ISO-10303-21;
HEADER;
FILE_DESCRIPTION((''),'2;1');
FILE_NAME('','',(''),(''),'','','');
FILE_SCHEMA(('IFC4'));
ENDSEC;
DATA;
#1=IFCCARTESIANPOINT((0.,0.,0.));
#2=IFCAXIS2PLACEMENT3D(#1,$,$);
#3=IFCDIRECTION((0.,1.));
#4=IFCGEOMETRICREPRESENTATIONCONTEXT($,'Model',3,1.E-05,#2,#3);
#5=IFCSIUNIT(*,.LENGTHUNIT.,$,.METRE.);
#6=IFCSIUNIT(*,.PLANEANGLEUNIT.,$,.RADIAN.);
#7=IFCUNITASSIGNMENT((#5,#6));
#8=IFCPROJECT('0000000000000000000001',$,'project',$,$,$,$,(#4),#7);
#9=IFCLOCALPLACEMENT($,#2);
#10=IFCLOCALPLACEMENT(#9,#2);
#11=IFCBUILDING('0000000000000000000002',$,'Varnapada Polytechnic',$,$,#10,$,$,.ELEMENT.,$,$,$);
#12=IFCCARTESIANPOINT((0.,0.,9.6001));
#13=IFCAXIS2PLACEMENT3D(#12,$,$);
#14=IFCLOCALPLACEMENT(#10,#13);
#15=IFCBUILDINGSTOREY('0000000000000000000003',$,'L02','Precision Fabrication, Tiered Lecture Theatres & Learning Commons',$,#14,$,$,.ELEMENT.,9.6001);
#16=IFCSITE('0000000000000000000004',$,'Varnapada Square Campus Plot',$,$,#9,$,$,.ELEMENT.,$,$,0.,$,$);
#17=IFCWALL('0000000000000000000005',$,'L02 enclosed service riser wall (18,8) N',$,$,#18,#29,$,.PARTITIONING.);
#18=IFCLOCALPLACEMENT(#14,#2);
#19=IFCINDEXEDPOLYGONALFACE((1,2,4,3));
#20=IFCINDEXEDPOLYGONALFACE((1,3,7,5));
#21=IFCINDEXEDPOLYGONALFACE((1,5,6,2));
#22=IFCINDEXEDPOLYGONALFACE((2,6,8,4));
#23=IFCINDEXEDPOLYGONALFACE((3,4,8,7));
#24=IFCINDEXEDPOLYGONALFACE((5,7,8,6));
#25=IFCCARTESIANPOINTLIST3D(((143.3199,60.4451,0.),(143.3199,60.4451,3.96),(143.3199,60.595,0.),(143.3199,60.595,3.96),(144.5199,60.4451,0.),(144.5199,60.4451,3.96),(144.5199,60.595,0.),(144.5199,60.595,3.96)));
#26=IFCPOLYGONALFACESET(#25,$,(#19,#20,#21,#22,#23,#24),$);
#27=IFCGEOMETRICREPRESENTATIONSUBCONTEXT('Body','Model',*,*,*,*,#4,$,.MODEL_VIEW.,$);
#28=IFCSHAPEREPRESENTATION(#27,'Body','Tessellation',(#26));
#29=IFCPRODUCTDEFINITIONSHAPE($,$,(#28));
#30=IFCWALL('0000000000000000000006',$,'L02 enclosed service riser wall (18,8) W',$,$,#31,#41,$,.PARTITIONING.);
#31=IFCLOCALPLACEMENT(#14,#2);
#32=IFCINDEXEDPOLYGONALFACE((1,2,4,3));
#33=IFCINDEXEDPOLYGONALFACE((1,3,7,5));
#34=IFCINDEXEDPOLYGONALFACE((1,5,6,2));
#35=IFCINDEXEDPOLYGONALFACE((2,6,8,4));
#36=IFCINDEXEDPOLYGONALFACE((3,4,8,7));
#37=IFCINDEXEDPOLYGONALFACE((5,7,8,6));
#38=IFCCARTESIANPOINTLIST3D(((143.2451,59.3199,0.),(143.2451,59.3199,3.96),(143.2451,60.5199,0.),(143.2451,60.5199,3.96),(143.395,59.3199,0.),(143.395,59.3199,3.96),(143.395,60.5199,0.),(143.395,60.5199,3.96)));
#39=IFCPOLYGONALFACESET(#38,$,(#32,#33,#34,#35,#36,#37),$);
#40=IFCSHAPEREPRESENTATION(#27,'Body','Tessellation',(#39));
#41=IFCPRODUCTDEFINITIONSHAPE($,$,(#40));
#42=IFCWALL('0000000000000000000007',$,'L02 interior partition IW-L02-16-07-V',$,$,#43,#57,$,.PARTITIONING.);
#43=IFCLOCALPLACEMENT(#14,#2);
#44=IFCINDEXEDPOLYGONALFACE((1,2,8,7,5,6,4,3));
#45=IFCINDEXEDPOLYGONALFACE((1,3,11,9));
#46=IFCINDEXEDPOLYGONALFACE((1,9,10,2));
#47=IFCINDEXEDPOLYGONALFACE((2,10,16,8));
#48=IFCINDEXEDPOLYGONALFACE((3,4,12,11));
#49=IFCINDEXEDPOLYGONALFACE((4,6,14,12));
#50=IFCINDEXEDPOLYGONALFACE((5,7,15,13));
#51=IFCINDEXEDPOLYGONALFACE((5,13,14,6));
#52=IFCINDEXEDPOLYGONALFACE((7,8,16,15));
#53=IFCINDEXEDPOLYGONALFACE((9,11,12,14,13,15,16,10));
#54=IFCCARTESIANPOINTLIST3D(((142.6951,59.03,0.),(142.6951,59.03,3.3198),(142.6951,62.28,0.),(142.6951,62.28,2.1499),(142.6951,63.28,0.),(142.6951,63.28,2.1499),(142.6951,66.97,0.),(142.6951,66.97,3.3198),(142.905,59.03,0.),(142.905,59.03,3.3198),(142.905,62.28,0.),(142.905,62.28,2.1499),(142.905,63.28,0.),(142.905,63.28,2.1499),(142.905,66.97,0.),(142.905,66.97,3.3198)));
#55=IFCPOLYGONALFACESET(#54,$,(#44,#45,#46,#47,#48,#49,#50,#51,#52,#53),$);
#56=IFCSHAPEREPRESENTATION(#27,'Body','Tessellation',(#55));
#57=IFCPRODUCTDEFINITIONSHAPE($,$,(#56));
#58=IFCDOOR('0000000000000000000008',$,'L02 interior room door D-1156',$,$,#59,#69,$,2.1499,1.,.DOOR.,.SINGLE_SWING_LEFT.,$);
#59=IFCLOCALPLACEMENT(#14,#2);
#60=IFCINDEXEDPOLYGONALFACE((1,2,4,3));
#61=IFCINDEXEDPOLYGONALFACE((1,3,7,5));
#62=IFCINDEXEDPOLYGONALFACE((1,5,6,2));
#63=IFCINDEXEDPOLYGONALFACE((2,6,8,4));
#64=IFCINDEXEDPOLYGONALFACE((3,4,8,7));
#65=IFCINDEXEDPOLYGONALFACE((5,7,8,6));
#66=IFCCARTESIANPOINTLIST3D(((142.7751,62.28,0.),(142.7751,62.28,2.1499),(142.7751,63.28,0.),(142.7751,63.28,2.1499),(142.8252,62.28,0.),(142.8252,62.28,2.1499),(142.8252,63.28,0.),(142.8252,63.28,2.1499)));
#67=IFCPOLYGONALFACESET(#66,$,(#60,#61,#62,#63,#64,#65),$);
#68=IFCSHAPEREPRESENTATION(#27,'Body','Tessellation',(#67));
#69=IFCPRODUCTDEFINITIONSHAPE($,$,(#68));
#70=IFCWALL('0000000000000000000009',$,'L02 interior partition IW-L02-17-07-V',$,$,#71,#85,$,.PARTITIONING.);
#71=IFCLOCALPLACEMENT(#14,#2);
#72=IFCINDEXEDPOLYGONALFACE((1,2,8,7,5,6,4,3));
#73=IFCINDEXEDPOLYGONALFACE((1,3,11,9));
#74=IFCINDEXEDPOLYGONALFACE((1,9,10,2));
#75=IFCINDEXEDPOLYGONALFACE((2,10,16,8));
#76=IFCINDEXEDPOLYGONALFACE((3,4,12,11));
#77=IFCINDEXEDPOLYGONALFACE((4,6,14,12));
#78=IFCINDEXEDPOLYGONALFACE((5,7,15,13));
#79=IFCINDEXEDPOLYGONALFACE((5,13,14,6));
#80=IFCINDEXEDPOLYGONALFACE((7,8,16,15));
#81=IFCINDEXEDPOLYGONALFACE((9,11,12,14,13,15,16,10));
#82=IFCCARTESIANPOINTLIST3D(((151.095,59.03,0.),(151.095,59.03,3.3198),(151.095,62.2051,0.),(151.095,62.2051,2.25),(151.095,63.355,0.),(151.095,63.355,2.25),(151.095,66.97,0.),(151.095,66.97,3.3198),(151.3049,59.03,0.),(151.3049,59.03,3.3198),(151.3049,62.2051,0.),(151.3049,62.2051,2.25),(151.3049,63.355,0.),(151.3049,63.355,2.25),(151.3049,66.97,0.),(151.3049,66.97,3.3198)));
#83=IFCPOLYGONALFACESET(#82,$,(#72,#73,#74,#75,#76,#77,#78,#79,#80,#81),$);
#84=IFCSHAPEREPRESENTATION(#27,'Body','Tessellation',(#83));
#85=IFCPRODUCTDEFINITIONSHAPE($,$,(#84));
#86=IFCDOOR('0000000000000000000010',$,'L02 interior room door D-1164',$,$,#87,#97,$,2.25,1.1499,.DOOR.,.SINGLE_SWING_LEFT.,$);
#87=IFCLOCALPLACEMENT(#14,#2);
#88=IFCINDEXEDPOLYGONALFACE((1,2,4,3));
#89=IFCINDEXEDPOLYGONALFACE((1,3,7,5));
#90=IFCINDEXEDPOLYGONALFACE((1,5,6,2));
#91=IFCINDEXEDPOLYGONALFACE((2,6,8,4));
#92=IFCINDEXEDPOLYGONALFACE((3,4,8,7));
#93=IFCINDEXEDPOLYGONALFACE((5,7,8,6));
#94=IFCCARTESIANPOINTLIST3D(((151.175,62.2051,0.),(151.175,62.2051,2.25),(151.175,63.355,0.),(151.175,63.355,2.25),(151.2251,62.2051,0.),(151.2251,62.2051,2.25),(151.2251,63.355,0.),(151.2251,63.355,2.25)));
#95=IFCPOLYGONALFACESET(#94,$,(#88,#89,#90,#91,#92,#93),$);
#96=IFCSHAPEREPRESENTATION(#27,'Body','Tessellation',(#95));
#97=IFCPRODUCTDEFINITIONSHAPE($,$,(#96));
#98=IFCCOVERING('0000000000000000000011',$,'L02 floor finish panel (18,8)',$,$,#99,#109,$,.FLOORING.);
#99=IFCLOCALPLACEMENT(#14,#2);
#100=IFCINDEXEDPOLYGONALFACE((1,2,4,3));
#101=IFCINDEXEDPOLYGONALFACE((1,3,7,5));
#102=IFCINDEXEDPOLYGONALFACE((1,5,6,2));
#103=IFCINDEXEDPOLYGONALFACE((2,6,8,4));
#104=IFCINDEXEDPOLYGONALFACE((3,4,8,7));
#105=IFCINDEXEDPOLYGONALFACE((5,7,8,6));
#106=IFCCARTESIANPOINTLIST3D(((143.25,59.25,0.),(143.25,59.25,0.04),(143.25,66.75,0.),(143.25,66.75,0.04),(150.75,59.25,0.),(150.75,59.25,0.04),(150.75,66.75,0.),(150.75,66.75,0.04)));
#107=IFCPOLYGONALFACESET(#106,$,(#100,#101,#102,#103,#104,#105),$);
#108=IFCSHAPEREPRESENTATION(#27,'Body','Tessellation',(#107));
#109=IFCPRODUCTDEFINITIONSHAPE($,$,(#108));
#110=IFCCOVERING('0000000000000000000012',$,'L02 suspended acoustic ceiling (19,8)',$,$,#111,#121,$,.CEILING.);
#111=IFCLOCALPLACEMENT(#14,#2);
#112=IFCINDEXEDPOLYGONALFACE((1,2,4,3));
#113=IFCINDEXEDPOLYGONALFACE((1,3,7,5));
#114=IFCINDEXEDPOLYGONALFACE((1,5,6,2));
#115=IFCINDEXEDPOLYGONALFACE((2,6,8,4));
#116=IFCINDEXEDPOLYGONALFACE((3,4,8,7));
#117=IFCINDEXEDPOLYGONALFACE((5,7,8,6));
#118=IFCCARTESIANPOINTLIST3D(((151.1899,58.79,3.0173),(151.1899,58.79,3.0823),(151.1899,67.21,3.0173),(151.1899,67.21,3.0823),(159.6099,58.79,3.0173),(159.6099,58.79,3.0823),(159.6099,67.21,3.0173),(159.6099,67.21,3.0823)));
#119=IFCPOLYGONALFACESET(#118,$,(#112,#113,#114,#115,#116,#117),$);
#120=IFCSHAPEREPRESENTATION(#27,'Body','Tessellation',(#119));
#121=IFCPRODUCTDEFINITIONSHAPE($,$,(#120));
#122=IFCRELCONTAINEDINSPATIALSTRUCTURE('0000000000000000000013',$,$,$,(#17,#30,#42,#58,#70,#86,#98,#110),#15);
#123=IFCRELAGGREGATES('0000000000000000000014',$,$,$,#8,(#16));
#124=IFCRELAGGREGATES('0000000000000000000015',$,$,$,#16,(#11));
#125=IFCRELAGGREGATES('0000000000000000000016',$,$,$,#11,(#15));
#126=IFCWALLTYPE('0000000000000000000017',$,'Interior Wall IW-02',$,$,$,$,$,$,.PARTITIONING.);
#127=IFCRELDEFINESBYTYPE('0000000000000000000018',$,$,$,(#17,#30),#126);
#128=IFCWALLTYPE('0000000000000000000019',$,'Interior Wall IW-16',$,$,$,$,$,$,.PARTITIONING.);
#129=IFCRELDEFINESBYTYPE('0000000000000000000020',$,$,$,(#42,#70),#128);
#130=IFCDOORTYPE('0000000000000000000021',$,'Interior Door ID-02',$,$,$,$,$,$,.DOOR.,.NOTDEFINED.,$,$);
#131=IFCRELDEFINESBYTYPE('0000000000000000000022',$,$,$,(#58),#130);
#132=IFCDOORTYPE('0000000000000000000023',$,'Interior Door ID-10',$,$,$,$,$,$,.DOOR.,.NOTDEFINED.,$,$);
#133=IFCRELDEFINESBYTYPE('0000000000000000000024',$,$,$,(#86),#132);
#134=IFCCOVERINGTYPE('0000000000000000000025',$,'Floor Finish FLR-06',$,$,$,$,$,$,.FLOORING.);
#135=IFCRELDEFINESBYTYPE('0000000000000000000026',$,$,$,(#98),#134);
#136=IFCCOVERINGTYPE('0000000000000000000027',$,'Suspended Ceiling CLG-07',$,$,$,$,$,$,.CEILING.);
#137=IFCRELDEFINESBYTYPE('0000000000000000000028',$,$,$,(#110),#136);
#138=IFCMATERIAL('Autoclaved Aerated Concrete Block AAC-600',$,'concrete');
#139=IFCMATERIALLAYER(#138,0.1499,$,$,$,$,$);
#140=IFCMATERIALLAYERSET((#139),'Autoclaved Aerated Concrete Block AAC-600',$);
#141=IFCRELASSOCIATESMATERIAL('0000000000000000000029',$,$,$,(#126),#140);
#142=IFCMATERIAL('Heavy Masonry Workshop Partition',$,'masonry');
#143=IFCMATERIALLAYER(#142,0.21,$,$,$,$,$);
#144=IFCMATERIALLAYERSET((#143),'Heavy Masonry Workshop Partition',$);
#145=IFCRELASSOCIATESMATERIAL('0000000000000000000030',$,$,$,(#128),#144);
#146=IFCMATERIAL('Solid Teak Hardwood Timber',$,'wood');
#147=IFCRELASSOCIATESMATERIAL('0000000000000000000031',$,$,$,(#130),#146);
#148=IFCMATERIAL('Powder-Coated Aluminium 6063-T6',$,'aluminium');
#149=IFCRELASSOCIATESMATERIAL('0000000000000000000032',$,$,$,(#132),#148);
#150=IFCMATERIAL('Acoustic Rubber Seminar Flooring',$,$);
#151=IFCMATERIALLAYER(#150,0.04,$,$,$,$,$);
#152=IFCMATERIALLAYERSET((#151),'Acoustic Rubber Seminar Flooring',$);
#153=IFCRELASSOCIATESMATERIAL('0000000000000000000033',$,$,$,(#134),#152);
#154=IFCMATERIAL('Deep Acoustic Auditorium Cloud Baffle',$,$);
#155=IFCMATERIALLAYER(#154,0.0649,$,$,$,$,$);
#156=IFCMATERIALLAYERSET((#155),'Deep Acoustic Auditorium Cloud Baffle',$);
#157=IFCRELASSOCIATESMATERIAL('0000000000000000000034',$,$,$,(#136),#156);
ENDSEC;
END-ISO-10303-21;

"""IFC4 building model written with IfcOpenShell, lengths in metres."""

from ifc_helpers import new_model, si_unit, direction, frame, frame_2d, origin, origin_2d, place, context, subcontext, project, spatial, rectangle, extrude, material, layer, layer_set, type_object, element, fill, save


model = new_model("IFC4")

# Units and contexts
model_context = context("Model", 3, precision=1e-05, world=origin(), true_north=direction((0.0, 1.0)))
body_context = subcontext(model_context, "Body", "Model", "MODEL_VIEW")
ifc_project = project(units=[si_unit("LENGTHUNIT", "METRE"), si_unit("PLANEANGLEUNIT", "RADIAN")], contexts=[model_context])

# Site, building, storey
site_placement = place(None, origin())
site = spatial("IfcSite", under=ifc_project, at=site_placement, Name="Varnapada Square Campus Plot", CompositionType="ELEMENT", RefElevation=0.0)
building_placement = place(site_placement, origin())
building = spatial("IfcBuilding", under=site, at=building_placement, Name="Varnapada Polytechnic", CompositionType="ELEMENT")
storey_placement = place(building_placement, frame((0.0, 0.0, 9.6001)))
storey = spatial("IfcBuildingStorey", under=building, at=storey_placement, Name="L02", Description="Precision Fabrication, Tiered Lecture Theatres & Learning Commons", CompositionType="ELEMENT", Elevation=9.6001)

# Walls
ifc_material_1 = material(Name="Autoclaved Aerated Concrete Block AAC-600", Category="concrete")
ifc_layer_1 = layer(ifc_material_1, 0.1499)
ifc_layer_set_1 = layer_set([ifc_layer_1], Name="Autoclaved Aerated Concrete Block AAC-600")
wall_type_1 = type_object("IfcWallType", Name="Interior Wall IW-02", PredefinedType="PARTITIONING", material=ifc_layer_set_1)
for number, where, z_axis, x_axis, name in (
    (1, (144.52, 60.52, 0.0), (0.0, 0.0, 1.0), (-1.0, 0.0, 0.0), "L02 enclosed service riser wall (18,8) N"),
    (2, (143.3201, 60.52, 0.0), (0.0, 0.0, 1.0), (0.0, -1.0, 0.0), "L02 enclosed service riser wall (18,8) W"),
):
    element("IfcWall", number, at=place(storey_placement, frame(where, z_axis=z_axis, x_axis=x_axis)), inside=storey, type_object=wall_type_1, Name=name, PredefinedType="PARTITIONING", context=body_context, shape_type="SweptSolid", body=[
        extrude(rectangle(XDim=1.2, YDim=0.1499, at=frame_2d((0.6001, 0.0))), origin(), (0.0, 0.0, 1.0), 3.96),
    ])

# Walls, openings, doors
ifc_material_2 = material(Name="Heavy Masonry Workshop Partition", Category="masonry")
ifc_layer_2 = layer(ifc_material_2, 0.21)
ifc_layer_set_2 = layer_set([ifc_layer_2], Name="Heavy Masonry Workshop Partition")
wall_type_2 = type_object("IfcWallType", Name="Interior Wall IW-16", PredefinedType="PARTITIONING", material=ifc_layer_set_2)
wall_1_placement = place(storey_placement, frame((142.8, 59.03, 0.0), z_axis=(0.0, 0.0, 1.0), x_axis=(0.0, 1.0, 0.0)))
wall_1 = element("IfcWall", 3, at=wall_1_placement, inside=storey, type_object=wall_type_2, Name="L02 interior partition IW-L02-16-07-V", PredefinedType="PARTITIONING", context=body_context, shape_type="SweptSolid", body=[
    extrude(rectangle(XDim=7.9399, YDim=0.21, at=frame_2d((3.97, 0.0))), origin(), (0.0, 0.0, 1.0), 3.3198),
])
opening_1_placement = place(wall_1_placement, frame((3.25, 0.0, 0.0)))
opening_1 = element("IfcOpeningElement", 4, at=opening_1_placement, cuts=wall_1, PredefinedType="OPENING", context=body_context, shape_type="SweptSolid", body=[
    extrude(rectangle(XDim=1.0, YDim=2.1499, at=frame_2d((0.5, 1.075))), frame((0.0, 0.115, 0.0), z_axis=(0.0, -1.0, 0.0), x_axis=(1.0, 0.0, 0.0)), (0.0, 0.0, 1.0), 0.23),
])
ifc_material_3 = material(Name="Solid Teak Hardwood Timber", Category="wood")
door_type_1 = type_object("IfcDoorType", Name="Interior Door ID-02", OperationType="NOTDEFINED", PredefinedType="DOOR", material=ifc_material_3)
door_1_placement = place(opening_1_placement, origin())
door_1 = element("IfcDoor", 5, at=door_1_placement, inside=storey, type_object=door_type_1, Name="L02 interior room door D-1156", OperationType="SINGLE_SWING_LEFT", OverallHeight=2.1499, OverallWidth=1.0, PredefinedType="DOOR", context=body_context, shape_type="SweptSolid", body=[
    extrude(rectangle(XDim=1.0, YDim=2.1499, at=frame_2d((0.5, 1.075))), frame((0.0, 0.0249, 0.0), z_axis=(0.0, -1.0, 0.0), x_axis=(1.0, 0.0, 0.0)), (0.0, 0.0, 1.0), 0.05),
])
fill(opening_1, door_1)
wall_2_placement = place(storey_placement, frame((151.2, 59.03, 0.0), z_axis=(0.0, 0.0, 1.0), x_axis=(0.0, 1.0, 0.0)))
wall_2 = element("IfcWall", 6, at=wall_2_placement, inside=storey, type_object=wall_type_2, Name="L02 interior partition IW-L02-17-07-V", PredefinedType="PARTITIONING", context=body_context, shape_type="SweptSolid", body=[
    extrude(rectangle(XDim=7.9399, YDim=0.21, at=frame_2d((3.97, 0.0))), origin(), (0.0, 0.0, 1.0), 3.3198),
])
opening_2_placement = place(wall_2_placement, frame((3.175, 0.0, 0.0)))
opening_2 = element("IfcOpeningElement", 7, at=opening_2_placement, cuts=wall_2, PredefinedType="OPENING", context=body_context, shape_type="SweptSolid", body=[
    extrude(rectangle(XDim=1.1499, YDim=2.25, at=frame_2d((0.575, 1.125))), frame((0.0, 0.115, 0.0), z_axis=(0.0, -1.0, 0.0), x_axis=(1.0, 0.0, 0.0)), (0.0, 0.0, 1.0), 0.23),
])
ifc_material_4 = material(Name="Powder-Coated Aluminium 6063-T6", Category="aluminium")
door_type_2 = type_object("IfcDoorType", Name="Interior Door ID-10", OperationType="NOTDEFINED", PredefinedType="DOOR", material=ifc_material_4)
door_2_placement = place(opening_2_placement, origin())
door_2 = element("IfcDoor", 8, at=door_2_placement, inside=storey, type_object=door_type_2, Name="L02 interior room door D-1164", OperationType="SINGLE_SWING_LEFT", OverallHeight=2.25, OverallWidth=1.1499, PredefinedType="DOOR", context=body_context, shape_type="SweptSolid", body=[
    extrude(rectangle(XDim=1.1499, YDim=2.25, at=frame_2d((0.575, 1.125))), frame((0.0, 0.0249, 0.0), z_axis=(0.0, -1.0, 0.0), x_axis=(1.0, 0.0, 0.0)), (0.0, 0.0, 1.0), 0.05),
])
fill(opening_2, door_2)

# Coverings
ifc_material_5 = material(Name="Acoustic Rubber Seminar Flooring")
ifc_layer_3 = layer(ifc_material_5, 0.04)
ifc_layer_set_3 = layer_set([ifc_layer_3], Name="Acoustic Rubber Seminar Flooring")
covering_type_1 = type_object("IfcCoveringType", Name="Floor Finish FLR-06", PredefinedType="FLOORING", material=ifc_layer_set_3)
covering_1_placement = place(storey_placement, frame((147.0, 63.0, 0.0), z_axis=(0.0, 0.0, 1.0), x_axis=(1.0, 0.0, 0.0)))
element("IfcCovering", 9, at=covering_1_placement, inside=storey, type_object=covering_type_1, Name="L02 floor finish panel (18,8)", PredefinedType="FLOORING", context=body_context, shape_type="SweptSolid", body=[
    extrude(rectangle(XDim=7.5, YDim=7.5, at=origin_2d()), origin(), (0.0, 0.0, 1.0), 0.04),
])
ifc_material_6 = material(Name="Deep Acoustic Auditorium Cloud Baffle")
ifc_layer_4 = layer(ifc_material_6, 0.0649)
ifc_layer_set_4 = layer_set([ifc_layer_4], Name="Deep Acoustic Auditorium Cloud Baffle")
covering_type_2 = type_object("IfcCoveringType", Name="Suspended Ceiling CLG-07", PredefinedType="CEILING", material=ifc_layer_set_4)
covering_2_placement = place(storey_placement, frame((155.3999, 63.0, 3.0173), z_axis=(0.0, 0.0, 1.0), x_axis=(1.0, 0.0, 0.0)))
element("IfcCovering", 10, at=covering_2_placement, inside=storey, type_object=covering_type_2, Name="L02 suspended acoustic ceiling (19,8)", PredefinedType="CEILING", context=body_context, shape_type="SweptSolid", body=[
    extrude(rectangle(XDim=8.4199, YDim=8.4199, at=origin_2d()), origin(), (0.0, 0.0, 1.0), 0.0649),
])

save(model, "model.ifc")
